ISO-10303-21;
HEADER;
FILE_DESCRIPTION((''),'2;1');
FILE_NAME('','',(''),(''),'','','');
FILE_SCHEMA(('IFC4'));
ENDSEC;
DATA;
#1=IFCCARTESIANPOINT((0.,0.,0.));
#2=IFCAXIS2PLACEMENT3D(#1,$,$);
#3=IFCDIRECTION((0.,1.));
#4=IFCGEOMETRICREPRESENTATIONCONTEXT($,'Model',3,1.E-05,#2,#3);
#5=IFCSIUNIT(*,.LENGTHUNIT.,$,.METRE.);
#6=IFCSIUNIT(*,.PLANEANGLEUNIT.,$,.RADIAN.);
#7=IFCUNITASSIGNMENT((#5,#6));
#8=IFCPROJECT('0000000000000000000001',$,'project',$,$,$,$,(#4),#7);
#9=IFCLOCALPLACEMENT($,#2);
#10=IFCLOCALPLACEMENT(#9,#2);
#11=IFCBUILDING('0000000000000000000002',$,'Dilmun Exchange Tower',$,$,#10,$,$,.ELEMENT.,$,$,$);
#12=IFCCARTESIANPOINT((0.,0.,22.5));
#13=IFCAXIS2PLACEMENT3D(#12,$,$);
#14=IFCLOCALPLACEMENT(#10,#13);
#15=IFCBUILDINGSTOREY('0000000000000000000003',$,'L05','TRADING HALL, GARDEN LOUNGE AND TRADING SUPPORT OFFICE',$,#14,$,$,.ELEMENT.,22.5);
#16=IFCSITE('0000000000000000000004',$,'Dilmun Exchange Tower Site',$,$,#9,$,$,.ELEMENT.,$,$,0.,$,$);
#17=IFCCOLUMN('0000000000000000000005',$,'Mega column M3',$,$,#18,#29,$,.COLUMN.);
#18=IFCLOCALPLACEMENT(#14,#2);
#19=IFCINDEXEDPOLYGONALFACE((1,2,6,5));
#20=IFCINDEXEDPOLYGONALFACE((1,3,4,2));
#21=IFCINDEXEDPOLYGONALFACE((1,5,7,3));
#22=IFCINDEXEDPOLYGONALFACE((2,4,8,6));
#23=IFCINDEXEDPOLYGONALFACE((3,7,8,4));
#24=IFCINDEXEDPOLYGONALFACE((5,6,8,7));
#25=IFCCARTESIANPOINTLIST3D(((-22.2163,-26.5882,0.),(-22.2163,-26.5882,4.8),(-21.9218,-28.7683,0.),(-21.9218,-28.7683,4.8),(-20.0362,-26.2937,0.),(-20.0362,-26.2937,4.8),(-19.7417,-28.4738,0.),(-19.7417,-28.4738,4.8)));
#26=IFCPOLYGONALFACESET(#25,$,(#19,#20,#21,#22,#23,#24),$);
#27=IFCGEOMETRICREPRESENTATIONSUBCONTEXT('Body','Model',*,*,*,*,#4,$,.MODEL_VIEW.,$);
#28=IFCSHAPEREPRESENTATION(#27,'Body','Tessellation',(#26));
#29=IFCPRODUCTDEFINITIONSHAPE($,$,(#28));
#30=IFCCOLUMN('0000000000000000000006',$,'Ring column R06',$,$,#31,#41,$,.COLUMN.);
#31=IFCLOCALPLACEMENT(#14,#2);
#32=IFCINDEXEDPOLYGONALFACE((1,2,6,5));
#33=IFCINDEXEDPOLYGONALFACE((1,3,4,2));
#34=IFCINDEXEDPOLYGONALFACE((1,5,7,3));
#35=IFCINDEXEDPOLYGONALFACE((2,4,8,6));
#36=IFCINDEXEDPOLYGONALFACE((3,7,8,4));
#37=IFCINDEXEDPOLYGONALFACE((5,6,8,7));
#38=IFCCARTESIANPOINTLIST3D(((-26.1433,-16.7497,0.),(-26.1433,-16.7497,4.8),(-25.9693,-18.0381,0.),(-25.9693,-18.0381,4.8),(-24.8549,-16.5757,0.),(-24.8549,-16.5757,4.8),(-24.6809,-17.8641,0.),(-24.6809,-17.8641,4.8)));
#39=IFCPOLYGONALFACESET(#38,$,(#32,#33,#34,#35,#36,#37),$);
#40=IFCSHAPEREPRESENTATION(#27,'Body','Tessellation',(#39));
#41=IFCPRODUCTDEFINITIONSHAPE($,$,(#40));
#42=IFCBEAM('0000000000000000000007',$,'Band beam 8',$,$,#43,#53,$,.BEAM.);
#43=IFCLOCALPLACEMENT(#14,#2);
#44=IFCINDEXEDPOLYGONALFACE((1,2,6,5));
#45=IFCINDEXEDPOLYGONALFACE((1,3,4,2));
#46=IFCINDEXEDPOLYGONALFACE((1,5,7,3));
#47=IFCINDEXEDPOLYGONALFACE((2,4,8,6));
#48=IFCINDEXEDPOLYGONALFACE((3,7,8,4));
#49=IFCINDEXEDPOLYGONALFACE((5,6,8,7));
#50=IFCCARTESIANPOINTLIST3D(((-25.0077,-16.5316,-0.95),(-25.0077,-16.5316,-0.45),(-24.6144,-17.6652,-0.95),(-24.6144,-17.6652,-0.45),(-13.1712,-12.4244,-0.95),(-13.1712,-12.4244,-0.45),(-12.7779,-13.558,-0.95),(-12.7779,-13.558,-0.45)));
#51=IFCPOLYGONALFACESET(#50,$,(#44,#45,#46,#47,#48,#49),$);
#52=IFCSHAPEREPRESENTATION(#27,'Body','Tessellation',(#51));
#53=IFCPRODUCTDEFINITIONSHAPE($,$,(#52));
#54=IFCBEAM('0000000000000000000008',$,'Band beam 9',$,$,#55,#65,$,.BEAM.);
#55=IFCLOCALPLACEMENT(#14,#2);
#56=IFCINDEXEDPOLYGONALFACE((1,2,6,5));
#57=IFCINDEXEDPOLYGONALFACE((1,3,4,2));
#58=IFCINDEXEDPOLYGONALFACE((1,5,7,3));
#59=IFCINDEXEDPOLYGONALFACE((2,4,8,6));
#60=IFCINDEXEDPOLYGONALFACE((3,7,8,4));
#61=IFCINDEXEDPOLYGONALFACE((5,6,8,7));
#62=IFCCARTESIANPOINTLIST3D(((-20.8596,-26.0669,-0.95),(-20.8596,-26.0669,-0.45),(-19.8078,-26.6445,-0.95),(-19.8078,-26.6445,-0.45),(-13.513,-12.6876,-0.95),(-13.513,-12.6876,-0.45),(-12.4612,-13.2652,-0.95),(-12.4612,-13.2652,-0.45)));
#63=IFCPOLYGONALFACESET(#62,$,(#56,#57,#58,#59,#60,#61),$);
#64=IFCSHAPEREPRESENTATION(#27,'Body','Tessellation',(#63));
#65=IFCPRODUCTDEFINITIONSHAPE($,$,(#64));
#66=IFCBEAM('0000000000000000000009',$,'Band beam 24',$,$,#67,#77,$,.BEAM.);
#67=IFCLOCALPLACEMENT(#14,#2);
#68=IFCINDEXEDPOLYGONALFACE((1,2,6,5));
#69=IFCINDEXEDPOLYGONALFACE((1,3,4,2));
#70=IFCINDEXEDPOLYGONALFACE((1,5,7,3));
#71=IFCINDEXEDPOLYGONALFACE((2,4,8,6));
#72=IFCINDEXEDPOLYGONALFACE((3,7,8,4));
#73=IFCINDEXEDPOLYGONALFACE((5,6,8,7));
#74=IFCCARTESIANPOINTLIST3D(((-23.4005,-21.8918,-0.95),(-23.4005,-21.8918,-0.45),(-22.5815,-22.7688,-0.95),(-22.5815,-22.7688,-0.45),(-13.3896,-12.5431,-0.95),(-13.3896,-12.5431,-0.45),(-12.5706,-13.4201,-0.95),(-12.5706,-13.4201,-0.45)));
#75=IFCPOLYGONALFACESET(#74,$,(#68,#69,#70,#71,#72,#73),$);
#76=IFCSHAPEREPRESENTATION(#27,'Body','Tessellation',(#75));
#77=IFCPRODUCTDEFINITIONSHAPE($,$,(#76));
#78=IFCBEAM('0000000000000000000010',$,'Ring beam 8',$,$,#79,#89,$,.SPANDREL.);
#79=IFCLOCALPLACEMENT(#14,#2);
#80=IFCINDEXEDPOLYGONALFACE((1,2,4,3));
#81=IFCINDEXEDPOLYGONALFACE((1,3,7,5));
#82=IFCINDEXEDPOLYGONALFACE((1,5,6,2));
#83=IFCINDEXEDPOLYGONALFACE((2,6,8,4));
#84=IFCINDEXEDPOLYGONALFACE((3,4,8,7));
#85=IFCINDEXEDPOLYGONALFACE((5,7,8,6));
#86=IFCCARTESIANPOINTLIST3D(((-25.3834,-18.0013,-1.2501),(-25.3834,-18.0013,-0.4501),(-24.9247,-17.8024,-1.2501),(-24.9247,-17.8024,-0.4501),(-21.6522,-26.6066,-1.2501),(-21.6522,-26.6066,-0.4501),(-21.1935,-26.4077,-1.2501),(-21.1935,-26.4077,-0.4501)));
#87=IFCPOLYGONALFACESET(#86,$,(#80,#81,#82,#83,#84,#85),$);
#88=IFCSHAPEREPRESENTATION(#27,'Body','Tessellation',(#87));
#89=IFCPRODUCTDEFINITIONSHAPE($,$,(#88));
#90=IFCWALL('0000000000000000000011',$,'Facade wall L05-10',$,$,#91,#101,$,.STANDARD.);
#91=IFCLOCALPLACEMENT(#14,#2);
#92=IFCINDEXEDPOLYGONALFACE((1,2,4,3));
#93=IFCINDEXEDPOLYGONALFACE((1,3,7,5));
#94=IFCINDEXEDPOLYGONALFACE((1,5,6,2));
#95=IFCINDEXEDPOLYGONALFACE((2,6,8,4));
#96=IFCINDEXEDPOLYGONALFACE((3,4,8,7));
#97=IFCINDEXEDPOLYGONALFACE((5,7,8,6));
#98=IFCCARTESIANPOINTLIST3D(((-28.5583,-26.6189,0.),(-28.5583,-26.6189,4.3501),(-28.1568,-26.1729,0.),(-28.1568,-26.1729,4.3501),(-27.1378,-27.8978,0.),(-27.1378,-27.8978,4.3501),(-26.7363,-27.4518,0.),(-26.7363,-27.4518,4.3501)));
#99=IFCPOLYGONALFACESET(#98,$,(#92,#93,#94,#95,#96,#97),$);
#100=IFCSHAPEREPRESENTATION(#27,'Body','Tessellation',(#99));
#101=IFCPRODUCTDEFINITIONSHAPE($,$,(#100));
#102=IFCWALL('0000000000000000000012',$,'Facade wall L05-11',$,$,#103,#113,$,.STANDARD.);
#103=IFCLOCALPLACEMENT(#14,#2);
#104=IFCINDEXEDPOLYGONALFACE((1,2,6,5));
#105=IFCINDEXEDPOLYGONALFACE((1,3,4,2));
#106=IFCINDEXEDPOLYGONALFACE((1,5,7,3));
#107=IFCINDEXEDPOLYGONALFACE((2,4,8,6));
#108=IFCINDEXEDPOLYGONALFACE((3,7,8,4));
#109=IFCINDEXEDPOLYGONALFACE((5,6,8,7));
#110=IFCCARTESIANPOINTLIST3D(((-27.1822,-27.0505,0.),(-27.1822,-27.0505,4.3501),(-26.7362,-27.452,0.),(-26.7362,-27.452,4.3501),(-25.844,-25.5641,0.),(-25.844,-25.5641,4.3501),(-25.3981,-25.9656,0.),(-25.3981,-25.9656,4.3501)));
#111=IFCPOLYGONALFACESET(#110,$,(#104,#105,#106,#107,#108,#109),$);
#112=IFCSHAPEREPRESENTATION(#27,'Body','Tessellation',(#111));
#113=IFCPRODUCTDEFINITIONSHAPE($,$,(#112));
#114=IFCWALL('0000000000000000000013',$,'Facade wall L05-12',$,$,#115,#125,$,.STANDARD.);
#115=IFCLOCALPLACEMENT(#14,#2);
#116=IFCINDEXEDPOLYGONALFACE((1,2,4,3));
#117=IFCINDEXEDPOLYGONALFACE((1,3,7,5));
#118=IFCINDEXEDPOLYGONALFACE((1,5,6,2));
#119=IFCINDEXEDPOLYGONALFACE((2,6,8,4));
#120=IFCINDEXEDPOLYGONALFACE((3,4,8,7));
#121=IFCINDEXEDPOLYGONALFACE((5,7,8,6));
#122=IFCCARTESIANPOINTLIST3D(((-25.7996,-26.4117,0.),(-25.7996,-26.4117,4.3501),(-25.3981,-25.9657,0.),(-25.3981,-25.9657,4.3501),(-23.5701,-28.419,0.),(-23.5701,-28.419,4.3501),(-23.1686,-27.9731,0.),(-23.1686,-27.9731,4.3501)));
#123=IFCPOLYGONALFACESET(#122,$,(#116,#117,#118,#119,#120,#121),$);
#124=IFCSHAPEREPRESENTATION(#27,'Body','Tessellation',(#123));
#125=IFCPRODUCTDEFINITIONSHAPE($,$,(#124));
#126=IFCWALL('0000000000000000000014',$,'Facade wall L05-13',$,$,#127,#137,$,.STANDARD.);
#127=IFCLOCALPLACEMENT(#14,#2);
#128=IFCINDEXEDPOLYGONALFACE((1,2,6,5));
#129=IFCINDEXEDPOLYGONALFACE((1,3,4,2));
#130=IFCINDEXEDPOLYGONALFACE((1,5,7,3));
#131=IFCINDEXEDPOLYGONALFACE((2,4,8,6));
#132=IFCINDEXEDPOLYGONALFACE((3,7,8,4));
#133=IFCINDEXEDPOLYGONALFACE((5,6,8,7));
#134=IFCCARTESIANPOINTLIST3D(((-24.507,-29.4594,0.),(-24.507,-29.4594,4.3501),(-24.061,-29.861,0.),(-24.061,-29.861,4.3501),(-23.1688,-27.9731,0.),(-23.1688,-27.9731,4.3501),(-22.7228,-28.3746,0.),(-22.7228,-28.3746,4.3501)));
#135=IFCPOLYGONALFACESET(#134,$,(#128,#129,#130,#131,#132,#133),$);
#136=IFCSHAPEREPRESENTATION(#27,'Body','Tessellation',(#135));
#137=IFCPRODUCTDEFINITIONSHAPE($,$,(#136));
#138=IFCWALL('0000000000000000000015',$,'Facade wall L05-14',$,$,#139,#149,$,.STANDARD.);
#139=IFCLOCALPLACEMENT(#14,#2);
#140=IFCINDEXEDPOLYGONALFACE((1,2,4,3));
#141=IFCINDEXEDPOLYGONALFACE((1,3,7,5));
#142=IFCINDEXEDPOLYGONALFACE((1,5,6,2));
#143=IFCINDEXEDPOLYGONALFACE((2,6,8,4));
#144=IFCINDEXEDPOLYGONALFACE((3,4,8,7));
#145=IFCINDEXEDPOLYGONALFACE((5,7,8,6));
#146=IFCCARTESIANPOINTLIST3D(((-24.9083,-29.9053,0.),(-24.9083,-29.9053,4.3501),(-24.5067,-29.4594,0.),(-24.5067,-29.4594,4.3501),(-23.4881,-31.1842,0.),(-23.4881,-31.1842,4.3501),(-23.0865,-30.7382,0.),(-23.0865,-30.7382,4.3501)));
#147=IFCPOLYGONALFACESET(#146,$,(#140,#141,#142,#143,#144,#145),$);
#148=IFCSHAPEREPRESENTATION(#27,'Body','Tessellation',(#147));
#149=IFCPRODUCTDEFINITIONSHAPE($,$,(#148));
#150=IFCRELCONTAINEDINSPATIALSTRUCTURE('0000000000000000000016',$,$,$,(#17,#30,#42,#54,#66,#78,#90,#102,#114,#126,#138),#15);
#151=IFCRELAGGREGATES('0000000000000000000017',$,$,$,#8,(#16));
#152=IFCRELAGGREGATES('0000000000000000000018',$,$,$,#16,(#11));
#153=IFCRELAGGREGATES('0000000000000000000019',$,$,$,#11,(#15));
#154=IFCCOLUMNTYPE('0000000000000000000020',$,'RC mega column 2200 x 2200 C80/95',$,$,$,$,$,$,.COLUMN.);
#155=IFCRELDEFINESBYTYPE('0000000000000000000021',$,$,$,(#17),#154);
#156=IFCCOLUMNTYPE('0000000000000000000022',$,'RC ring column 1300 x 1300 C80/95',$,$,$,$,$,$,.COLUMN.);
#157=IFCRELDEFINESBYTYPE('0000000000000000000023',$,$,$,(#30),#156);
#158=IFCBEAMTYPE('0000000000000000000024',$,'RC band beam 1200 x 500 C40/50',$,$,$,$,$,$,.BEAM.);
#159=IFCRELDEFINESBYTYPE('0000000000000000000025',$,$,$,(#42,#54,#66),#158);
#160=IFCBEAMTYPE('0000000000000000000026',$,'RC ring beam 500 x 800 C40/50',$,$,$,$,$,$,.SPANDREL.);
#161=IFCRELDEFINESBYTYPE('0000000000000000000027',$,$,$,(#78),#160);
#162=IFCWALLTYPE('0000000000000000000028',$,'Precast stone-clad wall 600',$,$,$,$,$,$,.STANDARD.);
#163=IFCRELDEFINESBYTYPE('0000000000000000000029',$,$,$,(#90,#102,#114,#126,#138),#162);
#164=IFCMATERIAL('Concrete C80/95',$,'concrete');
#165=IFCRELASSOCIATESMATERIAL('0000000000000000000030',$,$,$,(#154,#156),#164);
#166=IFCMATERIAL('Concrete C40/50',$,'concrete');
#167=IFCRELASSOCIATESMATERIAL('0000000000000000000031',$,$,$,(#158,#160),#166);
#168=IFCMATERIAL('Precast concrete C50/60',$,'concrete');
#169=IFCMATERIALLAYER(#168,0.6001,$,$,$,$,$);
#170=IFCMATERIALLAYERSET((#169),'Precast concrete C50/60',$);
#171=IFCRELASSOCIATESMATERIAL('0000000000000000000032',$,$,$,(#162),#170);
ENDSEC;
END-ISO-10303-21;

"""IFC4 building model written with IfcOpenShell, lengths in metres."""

from ifc_helpers import new_model, si_unit, direction, frame, frame_2d, origin, origin_2d, place, context, subcontext, project, spatial, rectangle, extrude, material, layer, layer_set, material_profile, profile_set, type_object, element, save


model = new_model("IFC4")

# Units and contexts
model_context = context("Model", 3, precision=1e-05, world=origin(), true_north=direction((0.0, 1.0)))
body_context = subcontext(model_context, "Body", "Model", "MODEL_VIEW")
ifc_project = project(units=[si_unit("LENGTHUNIT", "METRE"), si_unit("PLANEANGLEUNIT", "RADIAN")], contexts=[model_context])

# Site, building, storey
site_placement = place(None, origin())
site = spatial("IfcSite", under=ifc_project, at=site_placement, Name="Dilmun Exchange Tower Site", CompositionType="ELEMENT", RefElevation=0.0)
building_placement = place(site_placement, origin())
building = spatial("IfcBuilding", under=site, at=building_placement, Name="Dilmun Exchange Tower", CompositionType="ELEMENT")
storey_placement = place(building_placement, frame((0.0, 0.0, 22.5)))
storey = spatial("IfcBuildingStorey", under=building, at=storey_placement, Name="L05", Description="TRADING HALL, GARDEN LOUNGE AND TRADING SUPPORT OFFICE", CompositionType="ELEMENT", Elevation=22.5)

# Columns
ifc_material_1 = material(Name="Concrete C80/95", Category="concrete")
ifc_material_profile_1 = material_profile(ifc_material_1, rectangle(XDim=2.2, YDim=2.2, at=origin_2d()), Name="2200 x 2200")
ifc_profile_set_1 = profile_set([ifc_material_profile_1], Name="Concrete C80/95")
column_type_1 = type_object("IfcColumnType", Name="RC mega column 2200 x 2200 C80/95", PredefinedType="COLUMN", material=ifc_profile_set_1)
column_1_placement = place(storey_placement, frame((-20.979, -27.531, 0.0), z_axis=(0.0, 0.0, 1.0), x_axis=(0.991001, 0.133853, 0.0)))
element("IfcColumn", 1, at=column_1_placement, inside=storey, type_object=column_type_1, Name="Mega column M3", PredefinedType="COLUMN", context=body_context, shape_type="SweptSolid", body=[
    extrude(rectangle(XDim=2.2, YDim=2.2, at=origin_2d()), origin(), (0.0, 0.0, 1.0), 4.8),
])
ifc_material_profile_2 = material_profile(ifc_material_1, rectangle(XDim=1.3, YDim=1.3, at=origin_2d()), Name="1300 x 1300")
ifc_profile_set_2 = profile_set([ifc_material_profile_2], Name="Concrete C80/95")
column_type_2 = type_object("IfcColumnType", Name="RC ring column 1300 x 1300 C80/95", PredefinedType="COLUMN", material=ifc_profile_set_2)
column_2_placement = place(storey_placement, frame((-25.4121, -17.3069, 0.0), z_axis=(0.0, 0.0, 1.0), x_axis=(0.991001, 0.133853, 0.0)))
element("IfcColumn", 2, at=column_2_placement, inside=storey, type_object=column_type_2, Name="Ring column R06", PredefinedType="COLUMN", context=body_context, shape_type="SweptSolid", body=[
    extrude(rectangle(XDim=1.3, YDim=1.3, at=origin_2d()), origin(), (0.0, 0.0, 1.0), 4.8),
])

# Beams
ifc_material_2 = material(Name="Concrete C40/50", Category="concrete")
ifc_material_profile_3 = material_profile(ifc_material_2, rectangle(XDim=1.2, YDim=0.5, at=origin_2d()), Name="1200 x 500")
ifc_profile_set_3 = profile_set([ifc_material_profile_3], Name="Concrete C40/50")
beam_type_1 = type_object("IfcBeamType", Name="RC band beam 1200 x 500 C40/50", PredefinedType="BEAM", material=ifc_profile_set_3)
beam_1_placement = place(storey_placement, frame((-24.811, -17.0984, -0.7), z_axis=(0.94474, 0.32782, 0.0), x_axis=(-0.32782, 0.94474, 0.0)))
element("IfcBeam", 3, at=beam_1_placement, inside=storey, type_object=beam_type_1, Name="Band beam 8", PredefinedType="BEAM", context=body_context, shape_type="SweptSolid", body=[
    extrude(rectangle(XDim=1.2, YDim=0.5, at=origin_2d()), origin(), (0.0, 0.0, 1.0), 12.5288),
])
beam_2_placement = place(storey_placement, frame((-20.3337, -26.3557, -0.7), z_axis=(0.481316, 0.876547, 0.0), x_axis=(-0.876547, 0.481316, 0.0)))
element("IfcBeam", 4, at=beam_2_placement, inside=storey, type_object=beam_type_1, Name="Band beam 9", PredefinedType="BEAM", context=body_context, shape_type="SweptSolid", body=[
    extrude(rectangle(XDim=1.2, YDim=0.5, at=origin_2d()), origin(), (0.0, 0.0, 1.0), 15.2637),
])
beam_3_placement = place(storey_placement, frame((-22.991, -22.3303, -0.7), z_axis=(0.730863, 0.682524, 0.0), x_axis=(-0.682524, 0.730863, 0.0)))
element("IfcBeam", 5, at=beam_3_placement, inside=storey, type_object=beam_type_1, Name="Band beam 24", PredefinedType="BEAM", context=body_context, shape_type="SweptSolid", body=[
    extrude(rectangle(XDim=1.2, YDim=0.5, at=origin_2d()), origin(), (0.0, 0.0, 1.0), 13.6973),
])
ifc_material_profile_4 = material_profile(ifc_material_2, rectangle(XDim=0.5, YDim=0.8, at=origin_2d()), Name="500 x 800")
ifc_profile_set_4 = profile_set([ifc_material_profile_4], Name="Concrete C40/50")
beam_type_2 = type_object("IfcBeamType", Name="RC ring beam 500 x 800 C40/50", PredefinedType="SPANDREL", material=ifc_profile_set_4)
beam_4_placement = place(storey_placement, frame((-25.1541, -17.9019, -0.8501), z_axis=(0.397811, -0.917467, 0.0), x_axis=(0.917467, 0.397811, 0.0)))
element("IfcBeam", 6, at=beam_4_placement, inside=storey, type_object=beam_type_2, Name="Ring beam 8", PredefinedType="SPANDREL", context=body_context, shape_type="SweptSolid", body=[
    extrude(rectangle(XDim=0.5, YDim=0.8, at=origin_2d()), origin(), (0.0, 0.0, 1.0), 9.3794),
])

# Walls
ifc_material_3 = material(Name="Precast concrete C50/60", Category="concrete")
ifc_layer = layer(ifc_material_3, 0.6001)
ifc_layer_set = layer_set([ifc_layer], Name="Precast concrete C50/60")
wall_type = type_object("IfcWallType", Name="Precast stone-clad wall 600", PredefinedType="STANDARD", material=ifc_layer_set)
wall_1_placement = place(storey_placement, frame((-28.3574, -26.396, 0.0), z_axis=(0.0, 0.0, 1.0), x_axis=(0.74318, -0.669092, 0.0)))
element("IfcWall", 7, at=wall_1_placement, inside=storey, type_object=wall_type, Name="Facade wall L05-10", PredefinedType="STANDARD", context=body_context, shape_type="SweptSolid", body=[
    extrude(rectangle(XDim=1.9114, YDim=0.6001, at=frame_2d((0.9556, 0.0))), origin(), (0.0, 0.0, 1.0), 4.3501),
])
wall_2_placement = place(storey_placement, frame((-26.9592, -27.2512, 0.0), z_axis=(0.0, 0.0, 1.0), x_axis=(0.669086, 0.743185, 0.0)))
element("IfcWall", 8, at=wall_2_placement, inside=storey, type_object=wall_type, Name="Facade wall L05-11", PredefinedType="STANDARD", context=body_context, shape_type="SweptSolid", body=[
    extrude(rectangle(XDim=2.0, YDim=0.6001, at=frame_2d((1.0, 0.0))), origin(), (0.0, 0.0, 1.0), 4.3501),
])
wall_3_placement = place(storey_placement, frame((-25.5989, -26.1887, 0.0), z_axis=(0.0, 0.0, 1.0), x_axis=(0.743165, -0.669109, 0.0)))
element("IfcWall", 9, at=wall_3_placement, inside=storey, type_object=wall_type, Name="Facade wall L05-12", PredefinedType="STANDARD", context=body_context, shape_type="SweptSolid", body=[
    extrude(rectangle(XDim=3.0, YDim=0.6001, at=frame_2d((1.5, 0.0))), origin(), (0.0, 0.0, 1.0), 4.3501),
])
wall_4_placement = place(storey_placement, frame((-22.9458, -28.1738, 0.0), z_axis=(0.0, 0.0, 1.0), x_axis=(-0.669086, -0.743185, 0.0)))
element("IfcWall", 10, at=wall_4_placement, inside=storey, type_object=wall_type, Name="Facade wall L05-13", PredefinedType="STANDARD", context=body_context, shape_type="SweptSolid", body=[
    extrude(rectangle(XDim=2.0, YDim=0.6001, at=frame_2d((1.0, 0.0))), origin(), (0.0, 0.0, 1.0), 4.3501),
])
wall_5_placement = place(storey_placement, frame((-24.7075, -29.6824, 0.0), z_axis=(0.0, 0.0, 1.0), x_axis=(0.743123, -0.669155, 0.0)))
element("IfcWall", 11, at=wall_5_placement, inside=storey, type_object=wall_type, Name="Facade wall L05-14", PredefinedType="STANDARD", context=body_context, shape_type="SweptSolid", body=[
    extrude(rectangle(XDim=1.9111, YDim=0.6001, at=frame_2d((0.9556, 0.0))), origin(), (0.0, 0.0, 1.0), 4.3501),
])

save(model, "model.ifc")
